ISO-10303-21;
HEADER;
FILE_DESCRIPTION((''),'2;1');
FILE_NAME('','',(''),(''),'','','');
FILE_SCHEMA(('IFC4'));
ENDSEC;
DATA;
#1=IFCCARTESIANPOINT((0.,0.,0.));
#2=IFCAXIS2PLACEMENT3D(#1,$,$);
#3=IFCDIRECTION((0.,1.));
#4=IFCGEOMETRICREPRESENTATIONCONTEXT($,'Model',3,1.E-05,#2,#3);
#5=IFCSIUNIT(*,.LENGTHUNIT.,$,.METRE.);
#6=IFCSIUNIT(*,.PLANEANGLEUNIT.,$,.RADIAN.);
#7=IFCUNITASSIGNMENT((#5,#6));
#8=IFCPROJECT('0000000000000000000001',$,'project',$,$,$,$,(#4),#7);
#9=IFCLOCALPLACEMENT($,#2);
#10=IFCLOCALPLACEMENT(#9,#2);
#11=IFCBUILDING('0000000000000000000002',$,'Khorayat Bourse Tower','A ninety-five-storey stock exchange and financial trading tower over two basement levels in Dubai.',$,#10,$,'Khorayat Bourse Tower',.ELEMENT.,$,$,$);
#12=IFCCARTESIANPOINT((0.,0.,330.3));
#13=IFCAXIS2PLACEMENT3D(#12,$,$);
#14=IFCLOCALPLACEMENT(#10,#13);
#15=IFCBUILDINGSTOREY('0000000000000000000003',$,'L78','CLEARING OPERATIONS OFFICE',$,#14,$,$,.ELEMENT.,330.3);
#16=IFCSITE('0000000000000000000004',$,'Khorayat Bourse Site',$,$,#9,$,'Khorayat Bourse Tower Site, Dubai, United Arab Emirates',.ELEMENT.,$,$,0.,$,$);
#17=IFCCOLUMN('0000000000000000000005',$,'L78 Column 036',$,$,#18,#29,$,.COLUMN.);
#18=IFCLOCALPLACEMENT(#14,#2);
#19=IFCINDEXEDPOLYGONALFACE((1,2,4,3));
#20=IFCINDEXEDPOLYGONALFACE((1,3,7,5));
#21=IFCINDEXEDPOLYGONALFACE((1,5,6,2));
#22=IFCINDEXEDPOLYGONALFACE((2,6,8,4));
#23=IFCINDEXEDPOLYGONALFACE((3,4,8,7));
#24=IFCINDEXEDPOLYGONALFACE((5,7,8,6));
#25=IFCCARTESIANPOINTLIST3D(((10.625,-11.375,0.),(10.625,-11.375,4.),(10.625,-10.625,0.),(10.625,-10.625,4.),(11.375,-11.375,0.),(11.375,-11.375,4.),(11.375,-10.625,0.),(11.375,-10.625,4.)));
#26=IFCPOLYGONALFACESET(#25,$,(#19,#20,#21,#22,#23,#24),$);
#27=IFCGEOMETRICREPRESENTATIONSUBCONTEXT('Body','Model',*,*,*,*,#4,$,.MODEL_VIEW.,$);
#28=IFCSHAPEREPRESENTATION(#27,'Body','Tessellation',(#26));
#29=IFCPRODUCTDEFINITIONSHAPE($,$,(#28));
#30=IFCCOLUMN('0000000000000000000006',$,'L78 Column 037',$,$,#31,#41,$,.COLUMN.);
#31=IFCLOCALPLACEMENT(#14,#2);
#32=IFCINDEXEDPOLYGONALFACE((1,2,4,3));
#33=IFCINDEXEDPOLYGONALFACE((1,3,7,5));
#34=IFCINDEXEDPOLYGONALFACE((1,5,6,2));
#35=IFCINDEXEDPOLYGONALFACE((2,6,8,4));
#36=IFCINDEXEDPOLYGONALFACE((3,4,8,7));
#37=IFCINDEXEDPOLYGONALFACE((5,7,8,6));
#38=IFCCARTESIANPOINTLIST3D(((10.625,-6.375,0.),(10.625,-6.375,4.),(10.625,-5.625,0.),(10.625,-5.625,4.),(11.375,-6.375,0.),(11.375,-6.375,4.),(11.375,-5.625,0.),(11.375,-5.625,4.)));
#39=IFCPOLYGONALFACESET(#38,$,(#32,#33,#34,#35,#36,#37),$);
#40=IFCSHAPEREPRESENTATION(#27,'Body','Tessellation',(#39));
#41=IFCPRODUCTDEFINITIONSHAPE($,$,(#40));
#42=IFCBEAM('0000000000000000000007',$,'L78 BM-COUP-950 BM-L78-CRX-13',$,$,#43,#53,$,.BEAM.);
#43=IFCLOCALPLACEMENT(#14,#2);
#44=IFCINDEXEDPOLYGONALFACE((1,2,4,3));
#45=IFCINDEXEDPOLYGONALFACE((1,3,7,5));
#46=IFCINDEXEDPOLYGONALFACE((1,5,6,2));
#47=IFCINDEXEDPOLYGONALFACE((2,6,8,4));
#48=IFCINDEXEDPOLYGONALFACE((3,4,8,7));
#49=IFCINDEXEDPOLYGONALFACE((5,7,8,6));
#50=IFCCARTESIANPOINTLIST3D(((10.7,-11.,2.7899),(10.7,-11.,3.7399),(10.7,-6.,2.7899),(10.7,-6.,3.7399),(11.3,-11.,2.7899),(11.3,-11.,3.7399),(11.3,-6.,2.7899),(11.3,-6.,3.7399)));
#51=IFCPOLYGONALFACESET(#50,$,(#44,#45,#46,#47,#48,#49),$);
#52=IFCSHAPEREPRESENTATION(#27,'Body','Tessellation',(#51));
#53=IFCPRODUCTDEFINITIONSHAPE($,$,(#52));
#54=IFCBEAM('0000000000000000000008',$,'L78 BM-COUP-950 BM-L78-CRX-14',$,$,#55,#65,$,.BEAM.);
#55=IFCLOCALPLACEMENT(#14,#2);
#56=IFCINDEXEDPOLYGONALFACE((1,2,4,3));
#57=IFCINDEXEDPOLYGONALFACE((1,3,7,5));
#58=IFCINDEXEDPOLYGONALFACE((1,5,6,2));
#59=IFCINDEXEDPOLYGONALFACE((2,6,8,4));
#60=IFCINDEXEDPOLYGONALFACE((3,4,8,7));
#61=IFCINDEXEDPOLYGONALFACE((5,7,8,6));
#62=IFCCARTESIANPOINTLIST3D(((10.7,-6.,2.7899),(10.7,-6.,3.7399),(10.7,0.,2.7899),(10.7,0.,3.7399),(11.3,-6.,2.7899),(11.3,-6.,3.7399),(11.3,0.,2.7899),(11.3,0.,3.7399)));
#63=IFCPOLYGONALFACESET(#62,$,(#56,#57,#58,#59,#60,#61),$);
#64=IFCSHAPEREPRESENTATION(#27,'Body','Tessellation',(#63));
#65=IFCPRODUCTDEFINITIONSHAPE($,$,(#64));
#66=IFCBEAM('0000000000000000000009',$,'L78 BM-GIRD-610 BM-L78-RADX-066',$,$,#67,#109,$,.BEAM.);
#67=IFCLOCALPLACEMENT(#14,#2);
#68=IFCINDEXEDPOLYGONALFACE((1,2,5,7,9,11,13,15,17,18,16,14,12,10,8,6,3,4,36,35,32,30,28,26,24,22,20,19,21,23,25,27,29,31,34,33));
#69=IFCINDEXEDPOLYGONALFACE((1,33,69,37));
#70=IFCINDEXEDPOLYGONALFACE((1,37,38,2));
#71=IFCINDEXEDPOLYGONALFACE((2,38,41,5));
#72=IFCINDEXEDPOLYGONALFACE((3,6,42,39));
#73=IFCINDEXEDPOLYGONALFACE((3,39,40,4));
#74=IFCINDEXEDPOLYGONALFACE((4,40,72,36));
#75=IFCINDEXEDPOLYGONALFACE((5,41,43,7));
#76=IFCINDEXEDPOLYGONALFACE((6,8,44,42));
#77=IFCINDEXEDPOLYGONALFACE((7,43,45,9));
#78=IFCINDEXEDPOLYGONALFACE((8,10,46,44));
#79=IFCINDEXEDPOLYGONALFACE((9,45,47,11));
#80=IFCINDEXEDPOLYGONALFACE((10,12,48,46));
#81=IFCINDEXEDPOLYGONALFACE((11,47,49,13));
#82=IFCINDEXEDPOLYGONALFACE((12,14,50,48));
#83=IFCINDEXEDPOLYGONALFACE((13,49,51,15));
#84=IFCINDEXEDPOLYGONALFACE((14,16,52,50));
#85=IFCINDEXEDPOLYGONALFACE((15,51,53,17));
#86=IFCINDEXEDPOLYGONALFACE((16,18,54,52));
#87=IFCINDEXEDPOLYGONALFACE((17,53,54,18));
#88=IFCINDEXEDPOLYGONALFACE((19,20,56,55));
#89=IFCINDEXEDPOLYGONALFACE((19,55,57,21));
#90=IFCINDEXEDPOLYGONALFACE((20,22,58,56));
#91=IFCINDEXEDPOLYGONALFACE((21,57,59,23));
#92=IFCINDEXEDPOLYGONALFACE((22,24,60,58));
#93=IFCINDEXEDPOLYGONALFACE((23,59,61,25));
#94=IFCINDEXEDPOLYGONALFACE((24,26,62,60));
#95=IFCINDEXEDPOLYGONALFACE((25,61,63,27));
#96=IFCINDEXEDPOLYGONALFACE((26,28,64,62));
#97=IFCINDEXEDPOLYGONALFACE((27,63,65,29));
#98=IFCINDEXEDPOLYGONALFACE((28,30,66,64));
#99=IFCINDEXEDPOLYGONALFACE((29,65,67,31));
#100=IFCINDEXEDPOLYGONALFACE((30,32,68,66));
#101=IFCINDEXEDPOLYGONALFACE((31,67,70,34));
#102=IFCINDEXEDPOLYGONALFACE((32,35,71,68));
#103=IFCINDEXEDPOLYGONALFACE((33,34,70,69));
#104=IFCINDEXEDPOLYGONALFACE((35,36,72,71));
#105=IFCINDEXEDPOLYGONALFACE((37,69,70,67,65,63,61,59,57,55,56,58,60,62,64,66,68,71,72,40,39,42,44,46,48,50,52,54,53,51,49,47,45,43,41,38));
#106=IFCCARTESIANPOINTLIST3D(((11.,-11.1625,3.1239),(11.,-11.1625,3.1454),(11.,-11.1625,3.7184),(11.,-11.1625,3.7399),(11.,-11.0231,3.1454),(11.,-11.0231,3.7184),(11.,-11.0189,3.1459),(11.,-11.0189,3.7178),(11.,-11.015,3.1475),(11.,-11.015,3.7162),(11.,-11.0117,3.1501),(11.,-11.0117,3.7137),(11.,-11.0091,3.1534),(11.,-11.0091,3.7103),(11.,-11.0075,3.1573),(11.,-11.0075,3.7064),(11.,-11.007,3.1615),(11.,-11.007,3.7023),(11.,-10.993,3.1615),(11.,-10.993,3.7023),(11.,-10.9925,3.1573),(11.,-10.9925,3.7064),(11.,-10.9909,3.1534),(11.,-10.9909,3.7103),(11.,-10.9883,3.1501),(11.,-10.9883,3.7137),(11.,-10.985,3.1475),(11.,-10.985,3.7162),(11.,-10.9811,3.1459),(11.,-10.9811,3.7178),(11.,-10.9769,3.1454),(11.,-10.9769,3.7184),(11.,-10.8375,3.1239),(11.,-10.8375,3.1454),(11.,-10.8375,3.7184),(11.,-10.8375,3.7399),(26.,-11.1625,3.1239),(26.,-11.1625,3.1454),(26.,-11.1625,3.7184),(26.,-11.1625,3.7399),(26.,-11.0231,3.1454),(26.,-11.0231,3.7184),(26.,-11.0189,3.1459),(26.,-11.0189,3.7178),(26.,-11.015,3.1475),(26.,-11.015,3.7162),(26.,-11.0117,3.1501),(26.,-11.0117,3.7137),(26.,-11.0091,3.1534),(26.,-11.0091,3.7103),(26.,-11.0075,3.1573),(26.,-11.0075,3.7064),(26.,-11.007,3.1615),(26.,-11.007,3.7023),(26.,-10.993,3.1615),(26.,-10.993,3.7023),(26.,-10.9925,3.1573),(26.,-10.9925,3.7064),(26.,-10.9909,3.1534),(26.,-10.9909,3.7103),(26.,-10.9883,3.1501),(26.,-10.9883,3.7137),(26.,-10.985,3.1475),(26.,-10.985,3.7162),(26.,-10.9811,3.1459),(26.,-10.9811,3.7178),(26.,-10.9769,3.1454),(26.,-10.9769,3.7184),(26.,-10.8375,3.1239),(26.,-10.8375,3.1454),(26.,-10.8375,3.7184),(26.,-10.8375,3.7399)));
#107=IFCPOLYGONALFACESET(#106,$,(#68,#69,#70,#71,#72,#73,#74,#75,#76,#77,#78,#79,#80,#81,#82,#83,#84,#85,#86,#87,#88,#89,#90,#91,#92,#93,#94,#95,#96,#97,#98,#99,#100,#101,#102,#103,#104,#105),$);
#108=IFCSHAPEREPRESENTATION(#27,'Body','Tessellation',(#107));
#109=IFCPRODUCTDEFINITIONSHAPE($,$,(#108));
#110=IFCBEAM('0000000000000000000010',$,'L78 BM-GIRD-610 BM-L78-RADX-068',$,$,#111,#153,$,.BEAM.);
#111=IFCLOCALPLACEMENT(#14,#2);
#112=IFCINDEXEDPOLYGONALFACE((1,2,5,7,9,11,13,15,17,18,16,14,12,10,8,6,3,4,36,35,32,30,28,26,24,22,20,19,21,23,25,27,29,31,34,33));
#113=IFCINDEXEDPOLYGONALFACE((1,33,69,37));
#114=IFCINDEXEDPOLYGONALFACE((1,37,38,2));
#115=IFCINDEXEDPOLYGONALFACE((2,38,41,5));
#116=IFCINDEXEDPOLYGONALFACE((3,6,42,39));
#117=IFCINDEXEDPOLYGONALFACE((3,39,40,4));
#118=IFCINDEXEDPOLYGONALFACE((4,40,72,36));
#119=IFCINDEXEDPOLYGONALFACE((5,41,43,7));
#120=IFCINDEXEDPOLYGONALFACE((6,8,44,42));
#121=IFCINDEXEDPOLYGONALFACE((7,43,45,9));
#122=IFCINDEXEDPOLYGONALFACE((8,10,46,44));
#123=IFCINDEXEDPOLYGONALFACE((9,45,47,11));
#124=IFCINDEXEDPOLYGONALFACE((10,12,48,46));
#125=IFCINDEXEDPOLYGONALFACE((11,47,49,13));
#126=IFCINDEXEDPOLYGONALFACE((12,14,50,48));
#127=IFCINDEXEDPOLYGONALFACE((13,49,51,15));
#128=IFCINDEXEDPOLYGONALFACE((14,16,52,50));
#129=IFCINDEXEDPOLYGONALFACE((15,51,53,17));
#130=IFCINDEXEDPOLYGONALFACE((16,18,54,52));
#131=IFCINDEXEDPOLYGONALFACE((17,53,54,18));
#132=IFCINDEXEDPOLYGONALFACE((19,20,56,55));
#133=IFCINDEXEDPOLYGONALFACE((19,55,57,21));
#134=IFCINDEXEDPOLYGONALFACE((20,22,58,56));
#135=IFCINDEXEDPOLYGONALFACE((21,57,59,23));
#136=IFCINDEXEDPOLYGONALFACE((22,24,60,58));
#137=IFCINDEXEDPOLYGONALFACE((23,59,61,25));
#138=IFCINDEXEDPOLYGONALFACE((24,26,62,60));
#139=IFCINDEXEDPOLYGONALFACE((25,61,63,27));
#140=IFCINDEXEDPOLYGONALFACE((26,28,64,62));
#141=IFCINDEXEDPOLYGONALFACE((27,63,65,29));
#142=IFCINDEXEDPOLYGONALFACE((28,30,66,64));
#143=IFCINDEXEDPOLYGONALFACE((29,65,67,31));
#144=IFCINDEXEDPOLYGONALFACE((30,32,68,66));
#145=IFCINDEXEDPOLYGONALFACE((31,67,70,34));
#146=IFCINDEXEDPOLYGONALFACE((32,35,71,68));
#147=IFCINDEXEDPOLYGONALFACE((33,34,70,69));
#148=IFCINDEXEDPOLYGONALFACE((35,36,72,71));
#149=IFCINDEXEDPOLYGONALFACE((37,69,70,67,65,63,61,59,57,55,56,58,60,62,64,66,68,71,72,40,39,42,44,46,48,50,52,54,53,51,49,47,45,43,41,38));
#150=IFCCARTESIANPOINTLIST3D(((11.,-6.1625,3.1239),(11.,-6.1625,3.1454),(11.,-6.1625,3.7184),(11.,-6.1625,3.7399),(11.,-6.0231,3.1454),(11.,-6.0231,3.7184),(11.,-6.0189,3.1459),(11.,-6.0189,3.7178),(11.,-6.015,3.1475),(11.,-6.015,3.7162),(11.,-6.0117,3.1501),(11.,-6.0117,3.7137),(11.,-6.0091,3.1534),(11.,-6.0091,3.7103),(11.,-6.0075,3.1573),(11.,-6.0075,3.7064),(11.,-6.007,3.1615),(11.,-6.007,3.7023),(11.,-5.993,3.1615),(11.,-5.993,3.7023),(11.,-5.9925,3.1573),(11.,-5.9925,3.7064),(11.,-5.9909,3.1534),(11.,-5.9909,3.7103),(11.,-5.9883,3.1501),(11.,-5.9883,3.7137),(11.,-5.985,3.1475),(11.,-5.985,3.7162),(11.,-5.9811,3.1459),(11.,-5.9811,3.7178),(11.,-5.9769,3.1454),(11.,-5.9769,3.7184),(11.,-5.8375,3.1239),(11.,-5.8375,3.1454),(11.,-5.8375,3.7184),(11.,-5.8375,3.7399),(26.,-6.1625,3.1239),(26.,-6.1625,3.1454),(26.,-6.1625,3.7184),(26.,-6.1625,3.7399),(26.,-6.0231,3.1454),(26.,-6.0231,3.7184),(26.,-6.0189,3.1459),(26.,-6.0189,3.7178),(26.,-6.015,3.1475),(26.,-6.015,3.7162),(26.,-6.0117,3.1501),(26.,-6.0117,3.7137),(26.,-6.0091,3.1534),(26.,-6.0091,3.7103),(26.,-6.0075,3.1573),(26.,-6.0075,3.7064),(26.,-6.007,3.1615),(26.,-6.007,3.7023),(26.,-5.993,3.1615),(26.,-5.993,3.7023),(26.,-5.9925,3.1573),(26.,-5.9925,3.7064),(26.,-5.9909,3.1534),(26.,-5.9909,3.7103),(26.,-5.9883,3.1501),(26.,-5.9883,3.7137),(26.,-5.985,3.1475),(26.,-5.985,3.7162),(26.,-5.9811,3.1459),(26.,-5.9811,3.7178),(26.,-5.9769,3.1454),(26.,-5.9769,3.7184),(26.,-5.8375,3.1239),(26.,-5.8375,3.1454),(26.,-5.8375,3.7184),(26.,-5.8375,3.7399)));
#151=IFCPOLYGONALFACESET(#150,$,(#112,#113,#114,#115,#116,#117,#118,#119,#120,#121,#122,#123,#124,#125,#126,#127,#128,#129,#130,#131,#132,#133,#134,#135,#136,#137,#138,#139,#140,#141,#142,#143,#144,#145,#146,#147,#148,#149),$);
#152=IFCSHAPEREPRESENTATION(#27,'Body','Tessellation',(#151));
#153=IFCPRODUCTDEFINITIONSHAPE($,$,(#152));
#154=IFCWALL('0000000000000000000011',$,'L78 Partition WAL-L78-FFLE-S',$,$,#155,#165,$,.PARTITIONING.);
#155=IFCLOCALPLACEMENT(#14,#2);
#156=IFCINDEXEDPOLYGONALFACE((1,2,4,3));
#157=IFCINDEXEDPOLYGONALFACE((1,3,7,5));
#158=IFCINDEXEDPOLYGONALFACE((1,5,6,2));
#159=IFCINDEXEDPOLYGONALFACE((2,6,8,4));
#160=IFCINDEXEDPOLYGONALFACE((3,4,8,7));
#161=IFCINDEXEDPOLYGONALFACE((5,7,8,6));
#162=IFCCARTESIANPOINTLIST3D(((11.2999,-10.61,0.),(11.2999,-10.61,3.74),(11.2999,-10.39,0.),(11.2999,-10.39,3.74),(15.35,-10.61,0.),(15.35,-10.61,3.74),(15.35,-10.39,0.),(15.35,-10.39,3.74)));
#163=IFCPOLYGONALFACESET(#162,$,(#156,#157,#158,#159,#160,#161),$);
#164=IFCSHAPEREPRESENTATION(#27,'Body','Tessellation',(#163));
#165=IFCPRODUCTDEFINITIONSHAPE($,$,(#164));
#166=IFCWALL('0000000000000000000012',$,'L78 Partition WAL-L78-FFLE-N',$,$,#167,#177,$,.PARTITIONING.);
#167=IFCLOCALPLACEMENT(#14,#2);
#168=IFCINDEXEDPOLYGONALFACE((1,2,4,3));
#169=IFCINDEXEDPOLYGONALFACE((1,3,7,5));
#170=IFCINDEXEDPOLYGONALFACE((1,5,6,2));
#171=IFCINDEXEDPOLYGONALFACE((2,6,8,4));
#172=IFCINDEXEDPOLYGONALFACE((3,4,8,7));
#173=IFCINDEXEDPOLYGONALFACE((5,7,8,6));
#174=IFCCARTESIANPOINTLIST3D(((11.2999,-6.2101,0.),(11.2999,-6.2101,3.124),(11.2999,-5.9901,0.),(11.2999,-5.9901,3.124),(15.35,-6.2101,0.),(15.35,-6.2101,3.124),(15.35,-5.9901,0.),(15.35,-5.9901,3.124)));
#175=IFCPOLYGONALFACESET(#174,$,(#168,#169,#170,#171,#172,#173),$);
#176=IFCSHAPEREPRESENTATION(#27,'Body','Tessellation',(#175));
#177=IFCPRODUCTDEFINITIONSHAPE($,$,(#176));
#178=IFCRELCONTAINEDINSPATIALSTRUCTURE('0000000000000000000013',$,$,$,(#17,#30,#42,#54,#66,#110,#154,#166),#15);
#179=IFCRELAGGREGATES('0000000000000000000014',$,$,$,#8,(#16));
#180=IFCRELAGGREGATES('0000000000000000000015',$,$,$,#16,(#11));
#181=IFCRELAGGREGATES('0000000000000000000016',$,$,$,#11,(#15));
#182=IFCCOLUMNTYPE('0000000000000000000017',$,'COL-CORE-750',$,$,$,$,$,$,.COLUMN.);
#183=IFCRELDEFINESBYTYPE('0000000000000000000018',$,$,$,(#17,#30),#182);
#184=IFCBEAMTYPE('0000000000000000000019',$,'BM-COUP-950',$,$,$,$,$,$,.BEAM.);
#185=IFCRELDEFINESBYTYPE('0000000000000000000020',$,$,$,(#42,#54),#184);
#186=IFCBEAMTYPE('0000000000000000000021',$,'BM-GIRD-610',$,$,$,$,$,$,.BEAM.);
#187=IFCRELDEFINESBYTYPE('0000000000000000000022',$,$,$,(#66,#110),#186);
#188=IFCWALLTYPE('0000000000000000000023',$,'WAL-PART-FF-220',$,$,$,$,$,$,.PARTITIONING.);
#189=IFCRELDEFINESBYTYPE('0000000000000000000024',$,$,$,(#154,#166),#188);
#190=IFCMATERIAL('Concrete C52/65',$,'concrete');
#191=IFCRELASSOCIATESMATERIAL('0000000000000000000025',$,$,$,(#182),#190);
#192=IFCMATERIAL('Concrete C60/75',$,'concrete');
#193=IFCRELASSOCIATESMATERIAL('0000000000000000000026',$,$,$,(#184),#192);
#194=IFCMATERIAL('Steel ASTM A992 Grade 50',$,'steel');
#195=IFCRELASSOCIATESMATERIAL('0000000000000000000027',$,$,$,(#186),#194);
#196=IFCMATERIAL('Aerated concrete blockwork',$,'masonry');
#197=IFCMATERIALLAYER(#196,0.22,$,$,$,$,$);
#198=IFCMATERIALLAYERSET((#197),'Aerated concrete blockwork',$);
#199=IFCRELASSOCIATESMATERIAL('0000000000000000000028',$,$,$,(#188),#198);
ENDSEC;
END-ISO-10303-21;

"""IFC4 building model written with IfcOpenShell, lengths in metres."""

from ifc_helpers import new_model, si_unit, direction, frame, frame_2d, origin, origin_2d, place, context, subcontext, project, spatial, rectangle, i_section, extrude, source, transform, mapped, material, layer, layer_set, material_profile, profile_set, type_object, element, save


model = new_model("IFC4")

# Units and contexts
model_context = context("Model", 3, precision=1e-05, world=origin(), true_north=direction((0.0, 1.0)))
body_context = subcontext(model_context, "Body", "Model", "MODEL_VIEW")
ifc_project = project(units=[si_unit("LENGTHUNIT", "METRE"), si_unit("PLANEANGLEUNIT", "RADIAN")], contexts=[model_context])

# Site, building, storey
site_placement = place(None, origin())
site = spatial("IfcSite", under=ifc_project, at=site_placement, Name="Khorayat Bourse Site", LongName="Khorayat Bourse Tower Site, Dubai, United Arab Emirates", CompositionType="ELEMENT", RefElevation=0.0)
building_placement = place(site_placement, origin())
building = spatial("IfcBuilding", under=site, at=building_placement, Name="Khorayat Bourse Tower", Description="A ninety-five-storey stock exchange and financial trading tower over two basement levels in Dubai.", LongName="Khorayat Bourse Tower", CompositionType="ELEMENT")
storey_placement = place(building_placement, frame((0.0, 0.0, 330.3)))
storey = spatial("IfcBuildingStorey", under=building, at=storey_placement, Name="L78", Description="CLEARING OPERATIONS OFFICE", CompositionType="ELEMENT", Elevation=330.3)

# Columns
ifc_material_1 = material(Name="Concrete C52/65", Category="concrete")
ifc_material_profile_1 = material_profile(ifc_material_1, rectangle(XDim=0.75, YDim=0.75, at=origin_2d()), Name="RC 750x750")
ifc_profile_set_1 = profile_set([ifc_material_profile_1], Name="Concrete C52/65")
column_type = type_object("IfcColumnType", Name="COL-CORE-750", PredefinedType="COLUMN", material=ifc_profile_set_1)
shared_shape_1 = source(origin(), body_context, "Body", "SweptSolid", [
    extrude(rectangle(XDim=0.75, YDim=0.75, at=origin_2d()), origin(), (0.0, 0.0, 1.0), 4.0),
])
for number, where, z_axis, x_axis, name in (
    (1, (11.0, -11.0, 0.0), (0.0, 0.0, 1.0), (1.0, 0.0, 0.0), "L78 Column 036"),
    (2, (11.0, -6.0, 0.0), (0.0, 0.0, 1.0), (1.0, 0.0, 0.0), "L78 Column 037"),
):
    element("IfcColumn", number, at=place(storey_placement, frame(where, z_axis=z_axis, x_axis=x_axis)), inside=storey, type_object=column_type, Name=name, PredefinedType="COLUMN", context=body_context, shape_type="MappedRepresentation", body=[
        mapped(shared_shape_1, transform((0.0, 0.0, 0.0), scale=1.0)),
    ])

# Beams
ifc_material_2 = material(Name="Concrete C60/75", Category="concrete")
ifc_material_profile_2 = material_profile(ifc_material_2, rectangle(XDim=0.6001, YDim=0.95, at=origin_2d()), Name="RC 600x950")
ifc_profile_set_2 = profile_set([ifc_material_profile_2], Name="Concrete C60/75")
beam_type_1 = type_object("IfcBeamType", Name="BM-COUP-950", PredefinedType="BEAM", material=ifc_profile_set_2)
shared_shape_2 = source(origin(), body_context, "Body", "SweptSolid", [
    extrude(rectangle(XDim=0.6001, YDim=0.95, at=origin_2d()), origin(), (0.0, 0.0, 1.0), 5.0),
])
beam_1_placement = place(storey_placement, frame((11.0, -11.0, 3.2649), z_axis=(0.0, 1.0, 0.0), x_axis=(-1.0, 0.0, 0.0)))
element("IfcBeam", 3, at=beam_1_placement, inside=storey, type_object=beam_type_1, Name="L78 BM-COUP-950 BM-L78-CRX-13", PredefinedType="BEAM", context=body_context, shape_type="MappedRepresentation", body=[
    mapped(shared_shape_2, transform((0.0, 0.0, 0.0), scale=1.0)),
])
shared_shape_3 = source(origin(), body_context, "Body", "SweptSolid", [
    extrude(rectangle(XDim=0.6001, YDim=0.95, at=origin_2d()), origin(), (0.0, 0.0, 1.0), 6.0),
])
beam_2_placement = place(storey_placement, frame((11.0, -6.0, 3.2649), z_axis=(0.0, 1.0, 0.0), x_axis=(-1.0, 0.0, 0.0)))
element("IfcBeam", 4, at=beam_2_placement, inside=storey, type_object=beam_type_1, Name="L78 BM-COUP-950 BM-L78-CRX-14", PredefinedType="BEAM", context=body_context, shape_type="MappedRepresentation", body=[
    mapped(shared_shape_3, transform((0.0, 0.0, 0.0), scale=1.0)),
])
ifc_material_3 = material(Name="Steel ASTM A992 Grade 50", Category="steel")
ifc_material_profile_3 = material_profile(ifc_material_3, i_section(OverallWidth=0.325, OverallDepth=0.616, WebThickness=0.0139, FlangeThickness=0.0215, FilletRadius=0.0161, at=origin_2d()), Name="W610X174")
ifc_profile_set_3 = profile_set([ifc_material_profile_3], Name="Steel ASTM A992 Grade 50")
beam_type_2 = type_object("IfcBeamType", Name="BM-GIRD-610", PredefinedType="BEAM", material=ifc_profile_set_3)
shared_shape_4 = source(origin(), body_context, "Body", "SweptSolid", [
    extrude(i_section(OverallWidth=0.325, OverallDepth=0.616, WebThickness=0.0139, FlangeThickness=0.0215, FilletRadius=0.0161, at=origin_2d()), origin(), (0.0, 0.0, 1.0), 15.0),
])
for number, where, z_axis, x_axis, name in (
    (5, (11.0, -11.0, 3.4319), (1.0, 0.0, 0.0), (0.0, 1.0, 0.0), "L78 BM-GIRD-610 BM-L78-RADX-066"),
    (6, (11.0, -6.0, 3.4319), (1.0, 0.0, 0.0), (0.0, 1.0, 0.0), "L78 BM-GIRD-610 BM-L78-RADX-068"),
):
    element("IfcBeam", number, at=place(storey_placement, frame(where, z_axis=z_axis, x_axis=x_axis)), inside=storey, type_object=beam_type_2, Name=name, PredefinedType="BEAM", context=body_context, shape_type="MappedRepresentation", body=[
        mapped(shared_shape_4, transform((0.0, 0.0, 0.0), scale=1.0)),
    ])

# Walls
ifc_material_4 = material(Name="Aerated concrete blockwork", Category="masonry")
ifc_layer_1 = layer(ifc_material_4, 0.22)
ifc_layer_set_1 = layer_set([ifc_layer_1], Name="Aerated concrete blockwork")
wall_type_1 = type_object("IfcWallType", Name="WAL-PART-FF-220", PredefinedType="PARTITIONING", material=ifc_layer_set_1)
shared_shape_5 = source(origin(), body_context, "Body", "SweptSolid", [
    extrude(rectangle(XDim=4.05, YDim=0.22, at=frame_2d((2.0249, 0.0))), origin(), (0.0, 0.0, 1.0), 3.74),
])
wall_1_placement = place(storey_placement, frame((11.3, -10.5, 0.0), z_axis=(0.0, 0.0, 1.0), x_axis=(1.0, 0.0, 0.0)))
element("IfcWall", 7, at=wall_1_placement, inside=storey, type_object=wall_type_1, Name="L78 Partition WAL-L78-FFLE-S", PredefinedType="PARTITIONING", context=body_context, shape_type="MappedRepresentation", body=[
    mapped(shared_shape_5, transform((0.0, 0.0, 0.0), scale=1.0)),
])
shared_shape_6 = source(origin(), body_context, "Body", "SweptSolid", [
    extrude(rectangle(XDim=4.05, YDim=0.22, at=frame_2d((2.0249, 0.0))), origin(), (0.0, 0.0, 1.0), 3.124),
])
wall_2_placement = place(storey_placement, frame((11.3, -6.1001, 0.0), z_axis=(0.0, 0.0, 1.0), x_axis=(1.0, 0.0, 0.0)))
element("IfcWall", 8, at=wall_2_placement, inside=storey, type_object=wall_type_1, Name="L78 Partition WAL-L78-FFLE-N", PredefinedType="PARTITIONING", context=body_context, shape_type="MappedRepresentation", body=[
    mapped(shared_shape_6, transform((0.0, 0.0, 0.0), scale=1.0)),
])

save(model, "model.ifc")
